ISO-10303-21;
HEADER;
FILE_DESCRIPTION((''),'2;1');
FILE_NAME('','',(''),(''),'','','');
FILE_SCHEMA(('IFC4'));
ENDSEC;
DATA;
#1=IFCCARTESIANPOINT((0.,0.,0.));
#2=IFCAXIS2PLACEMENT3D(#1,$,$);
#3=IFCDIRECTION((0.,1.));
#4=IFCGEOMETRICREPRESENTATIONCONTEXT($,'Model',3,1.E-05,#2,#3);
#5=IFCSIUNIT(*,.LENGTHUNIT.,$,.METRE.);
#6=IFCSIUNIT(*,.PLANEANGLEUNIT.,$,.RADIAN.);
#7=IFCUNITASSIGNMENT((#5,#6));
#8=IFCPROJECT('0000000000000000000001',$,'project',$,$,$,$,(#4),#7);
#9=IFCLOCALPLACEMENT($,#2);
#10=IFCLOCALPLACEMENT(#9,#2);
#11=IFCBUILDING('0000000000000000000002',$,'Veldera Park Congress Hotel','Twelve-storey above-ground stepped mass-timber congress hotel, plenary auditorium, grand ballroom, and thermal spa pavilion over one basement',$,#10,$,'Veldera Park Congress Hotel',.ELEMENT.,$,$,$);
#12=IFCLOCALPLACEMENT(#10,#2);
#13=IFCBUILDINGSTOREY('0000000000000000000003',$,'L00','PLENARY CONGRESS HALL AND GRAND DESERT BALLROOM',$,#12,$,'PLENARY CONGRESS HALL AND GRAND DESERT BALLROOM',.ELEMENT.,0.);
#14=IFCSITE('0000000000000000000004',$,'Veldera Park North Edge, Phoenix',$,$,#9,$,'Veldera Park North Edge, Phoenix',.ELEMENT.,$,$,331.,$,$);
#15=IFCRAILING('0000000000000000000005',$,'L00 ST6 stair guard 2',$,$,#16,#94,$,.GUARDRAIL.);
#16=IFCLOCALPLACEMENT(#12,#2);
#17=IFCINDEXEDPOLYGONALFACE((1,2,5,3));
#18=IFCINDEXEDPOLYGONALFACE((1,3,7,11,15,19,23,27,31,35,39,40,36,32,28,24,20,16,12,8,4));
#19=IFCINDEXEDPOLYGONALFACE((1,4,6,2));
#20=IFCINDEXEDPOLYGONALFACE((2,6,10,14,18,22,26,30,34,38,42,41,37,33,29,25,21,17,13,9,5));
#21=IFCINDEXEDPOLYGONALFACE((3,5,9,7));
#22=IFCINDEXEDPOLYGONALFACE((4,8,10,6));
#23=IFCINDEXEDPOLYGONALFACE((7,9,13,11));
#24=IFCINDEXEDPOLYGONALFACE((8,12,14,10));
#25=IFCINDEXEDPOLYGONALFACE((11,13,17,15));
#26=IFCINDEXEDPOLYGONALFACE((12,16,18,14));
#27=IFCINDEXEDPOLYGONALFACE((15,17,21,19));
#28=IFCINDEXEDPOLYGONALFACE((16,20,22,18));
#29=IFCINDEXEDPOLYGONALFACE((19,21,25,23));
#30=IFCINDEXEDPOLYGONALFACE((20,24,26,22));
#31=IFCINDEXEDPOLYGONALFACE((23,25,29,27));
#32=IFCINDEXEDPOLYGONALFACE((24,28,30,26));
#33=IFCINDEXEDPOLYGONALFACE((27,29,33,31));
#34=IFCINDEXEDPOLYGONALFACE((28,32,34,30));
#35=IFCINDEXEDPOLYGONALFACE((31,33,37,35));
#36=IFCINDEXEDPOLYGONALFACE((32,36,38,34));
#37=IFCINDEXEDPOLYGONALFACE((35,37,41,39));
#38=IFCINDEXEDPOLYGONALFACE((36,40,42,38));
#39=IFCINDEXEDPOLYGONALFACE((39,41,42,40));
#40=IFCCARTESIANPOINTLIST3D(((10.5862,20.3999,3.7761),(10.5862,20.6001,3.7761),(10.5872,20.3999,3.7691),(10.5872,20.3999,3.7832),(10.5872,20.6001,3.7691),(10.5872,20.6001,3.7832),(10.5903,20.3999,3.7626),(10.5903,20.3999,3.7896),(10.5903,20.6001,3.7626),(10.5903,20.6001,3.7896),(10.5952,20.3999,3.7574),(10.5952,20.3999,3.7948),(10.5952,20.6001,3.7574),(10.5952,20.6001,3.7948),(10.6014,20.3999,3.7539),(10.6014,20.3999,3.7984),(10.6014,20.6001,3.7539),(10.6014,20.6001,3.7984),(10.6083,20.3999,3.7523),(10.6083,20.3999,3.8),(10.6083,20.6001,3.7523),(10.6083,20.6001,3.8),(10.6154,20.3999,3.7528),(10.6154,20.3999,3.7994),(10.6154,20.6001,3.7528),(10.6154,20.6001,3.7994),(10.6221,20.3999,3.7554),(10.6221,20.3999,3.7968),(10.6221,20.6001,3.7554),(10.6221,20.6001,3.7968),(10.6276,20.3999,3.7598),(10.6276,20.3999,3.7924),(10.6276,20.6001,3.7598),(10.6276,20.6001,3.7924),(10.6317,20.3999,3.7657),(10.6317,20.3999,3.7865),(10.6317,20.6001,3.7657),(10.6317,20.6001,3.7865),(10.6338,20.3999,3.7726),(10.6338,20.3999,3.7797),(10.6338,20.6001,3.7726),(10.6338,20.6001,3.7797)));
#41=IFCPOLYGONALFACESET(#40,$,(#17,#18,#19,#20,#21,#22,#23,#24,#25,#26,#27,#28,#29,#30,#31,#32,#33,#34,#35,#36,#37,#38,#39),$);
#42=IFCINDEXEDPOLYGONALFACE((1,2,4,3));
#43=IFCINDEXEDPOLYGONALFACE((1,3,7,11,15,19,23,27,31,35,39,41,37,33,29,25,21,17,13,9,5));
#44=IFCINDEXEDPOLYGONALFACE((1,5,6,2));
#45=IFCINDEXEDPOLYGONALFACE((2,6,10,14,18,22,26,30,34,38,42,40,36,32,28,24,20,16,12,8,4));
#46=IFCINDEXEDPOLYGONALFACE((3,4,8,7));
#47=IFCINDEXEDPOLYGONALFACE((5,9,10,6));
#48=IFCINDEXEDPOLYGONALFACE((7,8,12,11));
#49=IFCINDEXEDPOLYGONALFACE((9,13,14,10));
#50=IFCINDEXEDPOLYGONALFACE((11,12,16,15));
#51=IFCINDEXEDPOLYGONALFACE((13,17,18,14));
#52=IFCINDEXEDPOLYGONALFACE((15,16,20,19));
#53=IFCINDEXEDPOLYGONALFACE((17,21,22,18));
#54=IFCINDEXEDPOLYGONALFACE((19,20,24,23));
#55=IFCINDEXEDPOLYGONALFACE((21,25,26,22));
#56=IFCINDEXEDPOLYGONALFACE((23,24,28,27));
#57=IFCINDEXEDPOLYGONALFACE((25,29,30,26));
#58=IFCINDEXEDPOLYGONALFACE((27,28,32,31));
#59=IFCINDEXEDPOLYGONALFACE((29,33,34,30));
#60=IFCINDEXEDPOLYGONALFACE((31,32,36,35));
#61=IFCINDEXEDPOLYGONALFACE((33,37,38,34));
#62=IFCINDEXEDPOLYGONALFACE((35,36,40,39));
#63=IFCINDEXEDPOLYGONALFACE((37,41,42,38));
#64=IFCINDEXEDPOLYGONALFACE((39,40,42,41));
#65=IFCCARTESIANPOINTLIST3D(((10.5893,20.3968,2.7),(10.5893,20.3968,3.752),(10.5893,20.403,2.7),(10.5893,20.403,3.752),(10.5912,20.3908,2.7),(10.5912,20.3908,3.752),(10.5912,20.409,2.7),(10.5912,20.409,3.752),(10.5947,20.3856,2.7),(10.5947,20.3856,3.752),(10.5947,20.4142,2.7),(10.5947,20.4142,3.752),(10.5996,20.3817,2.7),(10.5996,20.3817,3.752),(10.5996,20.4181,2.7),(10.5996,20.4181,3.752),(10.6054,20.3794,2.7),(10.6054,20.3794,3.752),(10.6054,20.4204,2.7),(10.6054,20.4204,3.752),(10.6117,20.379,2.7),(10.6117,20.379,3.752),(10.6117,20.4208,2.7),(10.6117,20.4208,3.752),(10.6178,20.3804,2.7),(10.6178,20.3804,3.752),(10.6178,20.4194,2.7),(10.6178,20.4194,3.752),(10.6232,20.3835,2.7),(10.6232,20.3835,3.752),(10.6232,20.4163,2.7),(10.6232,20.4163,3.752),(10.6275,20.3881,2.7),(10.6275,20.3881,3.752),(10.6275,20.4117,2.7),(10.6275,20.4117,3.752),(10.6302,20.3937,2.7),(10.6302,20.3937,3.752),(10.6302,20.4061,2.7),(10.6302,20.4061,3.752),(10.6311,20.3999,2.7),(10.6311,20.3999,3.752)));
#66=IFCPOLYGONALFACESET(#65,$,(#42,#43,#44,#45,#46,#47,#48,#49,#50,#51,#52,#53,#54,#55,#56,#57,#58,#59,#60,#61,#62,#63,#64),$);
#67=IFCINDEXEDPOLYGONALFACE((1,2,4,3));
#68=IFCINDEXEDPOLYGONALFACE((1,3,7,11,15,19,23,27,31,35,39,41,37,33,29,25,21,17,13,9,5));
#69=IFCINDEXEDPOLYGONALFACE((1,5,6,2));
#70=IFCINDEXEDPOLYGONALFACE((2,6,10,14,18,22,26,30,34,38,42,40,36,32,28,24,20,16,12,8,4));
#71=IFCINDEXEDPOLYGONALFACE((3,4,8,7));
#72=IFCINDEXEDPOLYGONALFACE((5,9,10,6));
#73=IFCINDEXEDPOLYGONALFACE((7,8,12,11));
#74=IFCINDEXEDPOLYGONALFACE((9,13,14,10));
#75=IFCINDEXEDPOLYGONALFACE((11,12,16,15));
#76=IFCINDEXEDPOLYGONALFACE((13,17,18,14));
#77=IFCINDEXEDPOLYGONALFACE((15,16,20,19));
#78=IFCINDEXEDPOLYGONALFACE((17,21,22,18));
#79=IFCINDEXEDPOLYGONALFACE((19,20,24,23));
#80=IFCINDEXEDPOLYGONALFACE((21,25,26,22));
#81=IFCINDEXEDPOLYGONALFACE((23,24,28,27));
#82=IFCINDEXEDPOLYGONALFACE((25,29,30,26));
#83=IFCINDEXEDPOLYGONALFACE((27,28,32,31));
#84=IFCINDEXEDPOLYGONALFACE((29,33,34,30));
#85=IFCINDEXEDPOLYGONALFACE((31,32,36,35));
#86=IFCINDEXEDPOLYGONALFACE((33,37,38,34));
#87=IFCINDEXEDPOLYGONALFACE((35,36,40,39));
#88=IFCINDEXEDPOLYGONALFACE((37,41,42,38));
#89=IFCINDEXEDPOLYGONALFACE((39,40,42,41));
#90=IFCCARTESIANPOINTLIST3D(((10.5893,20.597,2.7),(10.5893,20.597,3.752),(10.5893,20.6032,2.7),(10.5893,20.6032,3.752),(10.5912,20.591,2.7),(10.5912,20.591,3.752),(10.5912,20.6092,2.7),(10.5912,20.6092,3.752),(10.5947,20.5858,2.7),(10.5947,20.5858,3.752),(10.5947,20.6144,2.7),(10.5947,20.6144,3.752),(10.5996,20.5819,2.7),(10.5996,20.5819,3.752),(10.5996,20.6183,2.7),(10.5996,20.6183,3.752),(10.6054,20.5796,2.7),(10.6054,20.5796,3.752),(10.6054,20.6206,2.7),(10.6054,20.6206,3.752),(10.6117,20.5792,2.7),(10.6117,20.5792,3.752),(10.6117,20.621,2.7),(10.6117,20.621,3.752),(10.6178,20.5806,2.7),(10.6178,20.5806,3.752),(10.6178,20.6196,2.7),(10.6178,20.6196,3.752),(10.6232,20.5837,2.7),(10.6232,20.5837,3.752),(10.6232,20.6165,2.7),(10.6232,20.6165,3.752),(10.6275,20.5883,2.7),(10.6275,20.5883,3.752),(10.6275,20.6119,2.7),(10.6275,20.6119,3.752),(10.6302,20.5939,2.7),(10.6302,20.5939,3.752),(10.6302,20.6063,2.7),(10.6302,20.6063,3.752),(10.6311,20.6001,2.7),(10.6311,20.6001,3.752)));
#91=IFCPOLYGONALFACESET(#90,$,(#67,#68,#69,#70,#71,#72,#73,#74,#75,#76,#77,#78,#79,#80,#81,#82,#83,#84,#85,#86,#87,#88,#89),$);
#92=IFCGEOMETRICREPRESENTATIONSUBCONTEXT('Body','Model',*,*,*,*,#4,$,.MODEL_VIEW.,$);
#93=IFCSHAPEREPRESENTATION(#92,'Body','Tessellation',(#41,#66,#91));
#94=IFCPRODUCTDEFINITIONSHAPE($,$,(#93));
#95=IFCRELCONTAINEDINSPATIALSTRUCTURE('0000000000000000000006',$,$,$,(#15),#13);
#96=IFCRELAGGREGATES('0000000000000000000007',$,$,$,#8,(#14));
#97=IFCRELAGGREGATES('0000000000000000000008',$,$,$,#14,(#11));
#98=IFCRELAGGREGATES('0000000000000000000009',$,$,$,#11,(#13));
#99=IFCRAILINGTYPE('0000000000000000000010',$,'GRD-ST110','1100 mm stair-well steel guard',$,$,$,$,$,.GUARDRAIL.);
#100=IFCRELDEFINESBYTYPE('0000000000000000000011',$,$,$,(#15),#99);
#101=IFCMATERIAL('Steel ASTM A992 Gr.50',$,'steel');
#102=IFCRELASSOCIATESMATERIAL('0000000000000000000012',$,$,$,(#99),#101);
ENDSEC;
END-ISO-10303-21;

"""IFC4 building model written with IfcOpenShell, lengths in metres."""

from ifc_helpers import new_model, si_unit, direction, frame, origin, origin_2d, place, context, subcontext, project, spatial, circle, extrude, material, type_object, element, save


model = new_model("IFC4")

# Units and contexts
model_context = context("Model", 3, precision=1e-05, world=origin(), true_north=direction((0.0, 1.0)))
body_context = subcontext(model_context, "Body", "Model", "MODEL_VIEW")
ifc_project = project(units=[si_unit("LENGTHUNIT", "METRE"), si_unit("PLANEANGLEUNIT", "RADIAN")], contexts=[model_context])

# Site, building, storey
site_placement = place(None, origin())
site = spatial("IfcSite", under=ifc_project, at=site_placement, Name="Veldera Park North Edge, Phoenix", LongName="Veldera Park North Edge, Phoenix", CompositionType="ELEMENT", RefElevation=331.0)
building_placement = place(site_placement, origin())
building = spatial("IfcBuilding", under=site, at=building_placement, Name="Veldera Park Congress Hotel", Description="Twelve-storey above-ground stepped mass-timber congress hotel, plenary auditorium, grand ballroom, and thermal spa pavilion over one basement", LongName="Veldera Park Congress Hotel", CompositionType="ELEMENT")
storey_placement = place(building_placement, origin())
storey = spatial("IfcBuildingStorey", under=building, at=storey_placement, Name="L00", Description="PLENARY CONGRESS HALL AND GRAND DESERT BALLROOM", LongName="PLENARY CONGRESS HALL AND GRAND DESERT BALLROOM", CompositionType="ELEMENT", Elevation=0.0)

# Shared definitions
ifc_material_1 = material(Name="Steel ASTM A992 Gr.50", Category="steel")

# Railing
railing_type_1 = type_object("IfcRailingType", Name="GRD-ST110", Description="1100 mm stair-well steel guard", PredefinedType="GUARDRAIL", material=ifc_material_1)
railing_1_placement = place(storey_placement, frame((10.6101, 20.3999, 2.7)))
element("IfcRailing", 1, at=railing_1_placement, inside=storey, type_object=railing_type_1, Name="L00 ST6 stair guard 2", PredefinedType="GUARDRAIL", context=body_context, shape_type="SweptSolid", body=[
    extrude(circle(Radius=0.0239, at=origin_2d()), frame((0.0, 0.0, 1.0762), z_axis=(0.0, 1.0, 0.0), x_axis=(-1.0, 0.0, 0.0)), (0.0, 0.0, 1.0), 0.2002),
    extrude(circle(Radius=0.021, at=origin_2d()), origin(), (0.0, 0.0, 1.0), 1.052),
    extrude(circle(Radius=0.021, at=origin_2d()), frame((0.0, 0.2002, 0.0)), (0.0, 0.0, 1.0), 1.052),
])

save(model, "model.ifc")
